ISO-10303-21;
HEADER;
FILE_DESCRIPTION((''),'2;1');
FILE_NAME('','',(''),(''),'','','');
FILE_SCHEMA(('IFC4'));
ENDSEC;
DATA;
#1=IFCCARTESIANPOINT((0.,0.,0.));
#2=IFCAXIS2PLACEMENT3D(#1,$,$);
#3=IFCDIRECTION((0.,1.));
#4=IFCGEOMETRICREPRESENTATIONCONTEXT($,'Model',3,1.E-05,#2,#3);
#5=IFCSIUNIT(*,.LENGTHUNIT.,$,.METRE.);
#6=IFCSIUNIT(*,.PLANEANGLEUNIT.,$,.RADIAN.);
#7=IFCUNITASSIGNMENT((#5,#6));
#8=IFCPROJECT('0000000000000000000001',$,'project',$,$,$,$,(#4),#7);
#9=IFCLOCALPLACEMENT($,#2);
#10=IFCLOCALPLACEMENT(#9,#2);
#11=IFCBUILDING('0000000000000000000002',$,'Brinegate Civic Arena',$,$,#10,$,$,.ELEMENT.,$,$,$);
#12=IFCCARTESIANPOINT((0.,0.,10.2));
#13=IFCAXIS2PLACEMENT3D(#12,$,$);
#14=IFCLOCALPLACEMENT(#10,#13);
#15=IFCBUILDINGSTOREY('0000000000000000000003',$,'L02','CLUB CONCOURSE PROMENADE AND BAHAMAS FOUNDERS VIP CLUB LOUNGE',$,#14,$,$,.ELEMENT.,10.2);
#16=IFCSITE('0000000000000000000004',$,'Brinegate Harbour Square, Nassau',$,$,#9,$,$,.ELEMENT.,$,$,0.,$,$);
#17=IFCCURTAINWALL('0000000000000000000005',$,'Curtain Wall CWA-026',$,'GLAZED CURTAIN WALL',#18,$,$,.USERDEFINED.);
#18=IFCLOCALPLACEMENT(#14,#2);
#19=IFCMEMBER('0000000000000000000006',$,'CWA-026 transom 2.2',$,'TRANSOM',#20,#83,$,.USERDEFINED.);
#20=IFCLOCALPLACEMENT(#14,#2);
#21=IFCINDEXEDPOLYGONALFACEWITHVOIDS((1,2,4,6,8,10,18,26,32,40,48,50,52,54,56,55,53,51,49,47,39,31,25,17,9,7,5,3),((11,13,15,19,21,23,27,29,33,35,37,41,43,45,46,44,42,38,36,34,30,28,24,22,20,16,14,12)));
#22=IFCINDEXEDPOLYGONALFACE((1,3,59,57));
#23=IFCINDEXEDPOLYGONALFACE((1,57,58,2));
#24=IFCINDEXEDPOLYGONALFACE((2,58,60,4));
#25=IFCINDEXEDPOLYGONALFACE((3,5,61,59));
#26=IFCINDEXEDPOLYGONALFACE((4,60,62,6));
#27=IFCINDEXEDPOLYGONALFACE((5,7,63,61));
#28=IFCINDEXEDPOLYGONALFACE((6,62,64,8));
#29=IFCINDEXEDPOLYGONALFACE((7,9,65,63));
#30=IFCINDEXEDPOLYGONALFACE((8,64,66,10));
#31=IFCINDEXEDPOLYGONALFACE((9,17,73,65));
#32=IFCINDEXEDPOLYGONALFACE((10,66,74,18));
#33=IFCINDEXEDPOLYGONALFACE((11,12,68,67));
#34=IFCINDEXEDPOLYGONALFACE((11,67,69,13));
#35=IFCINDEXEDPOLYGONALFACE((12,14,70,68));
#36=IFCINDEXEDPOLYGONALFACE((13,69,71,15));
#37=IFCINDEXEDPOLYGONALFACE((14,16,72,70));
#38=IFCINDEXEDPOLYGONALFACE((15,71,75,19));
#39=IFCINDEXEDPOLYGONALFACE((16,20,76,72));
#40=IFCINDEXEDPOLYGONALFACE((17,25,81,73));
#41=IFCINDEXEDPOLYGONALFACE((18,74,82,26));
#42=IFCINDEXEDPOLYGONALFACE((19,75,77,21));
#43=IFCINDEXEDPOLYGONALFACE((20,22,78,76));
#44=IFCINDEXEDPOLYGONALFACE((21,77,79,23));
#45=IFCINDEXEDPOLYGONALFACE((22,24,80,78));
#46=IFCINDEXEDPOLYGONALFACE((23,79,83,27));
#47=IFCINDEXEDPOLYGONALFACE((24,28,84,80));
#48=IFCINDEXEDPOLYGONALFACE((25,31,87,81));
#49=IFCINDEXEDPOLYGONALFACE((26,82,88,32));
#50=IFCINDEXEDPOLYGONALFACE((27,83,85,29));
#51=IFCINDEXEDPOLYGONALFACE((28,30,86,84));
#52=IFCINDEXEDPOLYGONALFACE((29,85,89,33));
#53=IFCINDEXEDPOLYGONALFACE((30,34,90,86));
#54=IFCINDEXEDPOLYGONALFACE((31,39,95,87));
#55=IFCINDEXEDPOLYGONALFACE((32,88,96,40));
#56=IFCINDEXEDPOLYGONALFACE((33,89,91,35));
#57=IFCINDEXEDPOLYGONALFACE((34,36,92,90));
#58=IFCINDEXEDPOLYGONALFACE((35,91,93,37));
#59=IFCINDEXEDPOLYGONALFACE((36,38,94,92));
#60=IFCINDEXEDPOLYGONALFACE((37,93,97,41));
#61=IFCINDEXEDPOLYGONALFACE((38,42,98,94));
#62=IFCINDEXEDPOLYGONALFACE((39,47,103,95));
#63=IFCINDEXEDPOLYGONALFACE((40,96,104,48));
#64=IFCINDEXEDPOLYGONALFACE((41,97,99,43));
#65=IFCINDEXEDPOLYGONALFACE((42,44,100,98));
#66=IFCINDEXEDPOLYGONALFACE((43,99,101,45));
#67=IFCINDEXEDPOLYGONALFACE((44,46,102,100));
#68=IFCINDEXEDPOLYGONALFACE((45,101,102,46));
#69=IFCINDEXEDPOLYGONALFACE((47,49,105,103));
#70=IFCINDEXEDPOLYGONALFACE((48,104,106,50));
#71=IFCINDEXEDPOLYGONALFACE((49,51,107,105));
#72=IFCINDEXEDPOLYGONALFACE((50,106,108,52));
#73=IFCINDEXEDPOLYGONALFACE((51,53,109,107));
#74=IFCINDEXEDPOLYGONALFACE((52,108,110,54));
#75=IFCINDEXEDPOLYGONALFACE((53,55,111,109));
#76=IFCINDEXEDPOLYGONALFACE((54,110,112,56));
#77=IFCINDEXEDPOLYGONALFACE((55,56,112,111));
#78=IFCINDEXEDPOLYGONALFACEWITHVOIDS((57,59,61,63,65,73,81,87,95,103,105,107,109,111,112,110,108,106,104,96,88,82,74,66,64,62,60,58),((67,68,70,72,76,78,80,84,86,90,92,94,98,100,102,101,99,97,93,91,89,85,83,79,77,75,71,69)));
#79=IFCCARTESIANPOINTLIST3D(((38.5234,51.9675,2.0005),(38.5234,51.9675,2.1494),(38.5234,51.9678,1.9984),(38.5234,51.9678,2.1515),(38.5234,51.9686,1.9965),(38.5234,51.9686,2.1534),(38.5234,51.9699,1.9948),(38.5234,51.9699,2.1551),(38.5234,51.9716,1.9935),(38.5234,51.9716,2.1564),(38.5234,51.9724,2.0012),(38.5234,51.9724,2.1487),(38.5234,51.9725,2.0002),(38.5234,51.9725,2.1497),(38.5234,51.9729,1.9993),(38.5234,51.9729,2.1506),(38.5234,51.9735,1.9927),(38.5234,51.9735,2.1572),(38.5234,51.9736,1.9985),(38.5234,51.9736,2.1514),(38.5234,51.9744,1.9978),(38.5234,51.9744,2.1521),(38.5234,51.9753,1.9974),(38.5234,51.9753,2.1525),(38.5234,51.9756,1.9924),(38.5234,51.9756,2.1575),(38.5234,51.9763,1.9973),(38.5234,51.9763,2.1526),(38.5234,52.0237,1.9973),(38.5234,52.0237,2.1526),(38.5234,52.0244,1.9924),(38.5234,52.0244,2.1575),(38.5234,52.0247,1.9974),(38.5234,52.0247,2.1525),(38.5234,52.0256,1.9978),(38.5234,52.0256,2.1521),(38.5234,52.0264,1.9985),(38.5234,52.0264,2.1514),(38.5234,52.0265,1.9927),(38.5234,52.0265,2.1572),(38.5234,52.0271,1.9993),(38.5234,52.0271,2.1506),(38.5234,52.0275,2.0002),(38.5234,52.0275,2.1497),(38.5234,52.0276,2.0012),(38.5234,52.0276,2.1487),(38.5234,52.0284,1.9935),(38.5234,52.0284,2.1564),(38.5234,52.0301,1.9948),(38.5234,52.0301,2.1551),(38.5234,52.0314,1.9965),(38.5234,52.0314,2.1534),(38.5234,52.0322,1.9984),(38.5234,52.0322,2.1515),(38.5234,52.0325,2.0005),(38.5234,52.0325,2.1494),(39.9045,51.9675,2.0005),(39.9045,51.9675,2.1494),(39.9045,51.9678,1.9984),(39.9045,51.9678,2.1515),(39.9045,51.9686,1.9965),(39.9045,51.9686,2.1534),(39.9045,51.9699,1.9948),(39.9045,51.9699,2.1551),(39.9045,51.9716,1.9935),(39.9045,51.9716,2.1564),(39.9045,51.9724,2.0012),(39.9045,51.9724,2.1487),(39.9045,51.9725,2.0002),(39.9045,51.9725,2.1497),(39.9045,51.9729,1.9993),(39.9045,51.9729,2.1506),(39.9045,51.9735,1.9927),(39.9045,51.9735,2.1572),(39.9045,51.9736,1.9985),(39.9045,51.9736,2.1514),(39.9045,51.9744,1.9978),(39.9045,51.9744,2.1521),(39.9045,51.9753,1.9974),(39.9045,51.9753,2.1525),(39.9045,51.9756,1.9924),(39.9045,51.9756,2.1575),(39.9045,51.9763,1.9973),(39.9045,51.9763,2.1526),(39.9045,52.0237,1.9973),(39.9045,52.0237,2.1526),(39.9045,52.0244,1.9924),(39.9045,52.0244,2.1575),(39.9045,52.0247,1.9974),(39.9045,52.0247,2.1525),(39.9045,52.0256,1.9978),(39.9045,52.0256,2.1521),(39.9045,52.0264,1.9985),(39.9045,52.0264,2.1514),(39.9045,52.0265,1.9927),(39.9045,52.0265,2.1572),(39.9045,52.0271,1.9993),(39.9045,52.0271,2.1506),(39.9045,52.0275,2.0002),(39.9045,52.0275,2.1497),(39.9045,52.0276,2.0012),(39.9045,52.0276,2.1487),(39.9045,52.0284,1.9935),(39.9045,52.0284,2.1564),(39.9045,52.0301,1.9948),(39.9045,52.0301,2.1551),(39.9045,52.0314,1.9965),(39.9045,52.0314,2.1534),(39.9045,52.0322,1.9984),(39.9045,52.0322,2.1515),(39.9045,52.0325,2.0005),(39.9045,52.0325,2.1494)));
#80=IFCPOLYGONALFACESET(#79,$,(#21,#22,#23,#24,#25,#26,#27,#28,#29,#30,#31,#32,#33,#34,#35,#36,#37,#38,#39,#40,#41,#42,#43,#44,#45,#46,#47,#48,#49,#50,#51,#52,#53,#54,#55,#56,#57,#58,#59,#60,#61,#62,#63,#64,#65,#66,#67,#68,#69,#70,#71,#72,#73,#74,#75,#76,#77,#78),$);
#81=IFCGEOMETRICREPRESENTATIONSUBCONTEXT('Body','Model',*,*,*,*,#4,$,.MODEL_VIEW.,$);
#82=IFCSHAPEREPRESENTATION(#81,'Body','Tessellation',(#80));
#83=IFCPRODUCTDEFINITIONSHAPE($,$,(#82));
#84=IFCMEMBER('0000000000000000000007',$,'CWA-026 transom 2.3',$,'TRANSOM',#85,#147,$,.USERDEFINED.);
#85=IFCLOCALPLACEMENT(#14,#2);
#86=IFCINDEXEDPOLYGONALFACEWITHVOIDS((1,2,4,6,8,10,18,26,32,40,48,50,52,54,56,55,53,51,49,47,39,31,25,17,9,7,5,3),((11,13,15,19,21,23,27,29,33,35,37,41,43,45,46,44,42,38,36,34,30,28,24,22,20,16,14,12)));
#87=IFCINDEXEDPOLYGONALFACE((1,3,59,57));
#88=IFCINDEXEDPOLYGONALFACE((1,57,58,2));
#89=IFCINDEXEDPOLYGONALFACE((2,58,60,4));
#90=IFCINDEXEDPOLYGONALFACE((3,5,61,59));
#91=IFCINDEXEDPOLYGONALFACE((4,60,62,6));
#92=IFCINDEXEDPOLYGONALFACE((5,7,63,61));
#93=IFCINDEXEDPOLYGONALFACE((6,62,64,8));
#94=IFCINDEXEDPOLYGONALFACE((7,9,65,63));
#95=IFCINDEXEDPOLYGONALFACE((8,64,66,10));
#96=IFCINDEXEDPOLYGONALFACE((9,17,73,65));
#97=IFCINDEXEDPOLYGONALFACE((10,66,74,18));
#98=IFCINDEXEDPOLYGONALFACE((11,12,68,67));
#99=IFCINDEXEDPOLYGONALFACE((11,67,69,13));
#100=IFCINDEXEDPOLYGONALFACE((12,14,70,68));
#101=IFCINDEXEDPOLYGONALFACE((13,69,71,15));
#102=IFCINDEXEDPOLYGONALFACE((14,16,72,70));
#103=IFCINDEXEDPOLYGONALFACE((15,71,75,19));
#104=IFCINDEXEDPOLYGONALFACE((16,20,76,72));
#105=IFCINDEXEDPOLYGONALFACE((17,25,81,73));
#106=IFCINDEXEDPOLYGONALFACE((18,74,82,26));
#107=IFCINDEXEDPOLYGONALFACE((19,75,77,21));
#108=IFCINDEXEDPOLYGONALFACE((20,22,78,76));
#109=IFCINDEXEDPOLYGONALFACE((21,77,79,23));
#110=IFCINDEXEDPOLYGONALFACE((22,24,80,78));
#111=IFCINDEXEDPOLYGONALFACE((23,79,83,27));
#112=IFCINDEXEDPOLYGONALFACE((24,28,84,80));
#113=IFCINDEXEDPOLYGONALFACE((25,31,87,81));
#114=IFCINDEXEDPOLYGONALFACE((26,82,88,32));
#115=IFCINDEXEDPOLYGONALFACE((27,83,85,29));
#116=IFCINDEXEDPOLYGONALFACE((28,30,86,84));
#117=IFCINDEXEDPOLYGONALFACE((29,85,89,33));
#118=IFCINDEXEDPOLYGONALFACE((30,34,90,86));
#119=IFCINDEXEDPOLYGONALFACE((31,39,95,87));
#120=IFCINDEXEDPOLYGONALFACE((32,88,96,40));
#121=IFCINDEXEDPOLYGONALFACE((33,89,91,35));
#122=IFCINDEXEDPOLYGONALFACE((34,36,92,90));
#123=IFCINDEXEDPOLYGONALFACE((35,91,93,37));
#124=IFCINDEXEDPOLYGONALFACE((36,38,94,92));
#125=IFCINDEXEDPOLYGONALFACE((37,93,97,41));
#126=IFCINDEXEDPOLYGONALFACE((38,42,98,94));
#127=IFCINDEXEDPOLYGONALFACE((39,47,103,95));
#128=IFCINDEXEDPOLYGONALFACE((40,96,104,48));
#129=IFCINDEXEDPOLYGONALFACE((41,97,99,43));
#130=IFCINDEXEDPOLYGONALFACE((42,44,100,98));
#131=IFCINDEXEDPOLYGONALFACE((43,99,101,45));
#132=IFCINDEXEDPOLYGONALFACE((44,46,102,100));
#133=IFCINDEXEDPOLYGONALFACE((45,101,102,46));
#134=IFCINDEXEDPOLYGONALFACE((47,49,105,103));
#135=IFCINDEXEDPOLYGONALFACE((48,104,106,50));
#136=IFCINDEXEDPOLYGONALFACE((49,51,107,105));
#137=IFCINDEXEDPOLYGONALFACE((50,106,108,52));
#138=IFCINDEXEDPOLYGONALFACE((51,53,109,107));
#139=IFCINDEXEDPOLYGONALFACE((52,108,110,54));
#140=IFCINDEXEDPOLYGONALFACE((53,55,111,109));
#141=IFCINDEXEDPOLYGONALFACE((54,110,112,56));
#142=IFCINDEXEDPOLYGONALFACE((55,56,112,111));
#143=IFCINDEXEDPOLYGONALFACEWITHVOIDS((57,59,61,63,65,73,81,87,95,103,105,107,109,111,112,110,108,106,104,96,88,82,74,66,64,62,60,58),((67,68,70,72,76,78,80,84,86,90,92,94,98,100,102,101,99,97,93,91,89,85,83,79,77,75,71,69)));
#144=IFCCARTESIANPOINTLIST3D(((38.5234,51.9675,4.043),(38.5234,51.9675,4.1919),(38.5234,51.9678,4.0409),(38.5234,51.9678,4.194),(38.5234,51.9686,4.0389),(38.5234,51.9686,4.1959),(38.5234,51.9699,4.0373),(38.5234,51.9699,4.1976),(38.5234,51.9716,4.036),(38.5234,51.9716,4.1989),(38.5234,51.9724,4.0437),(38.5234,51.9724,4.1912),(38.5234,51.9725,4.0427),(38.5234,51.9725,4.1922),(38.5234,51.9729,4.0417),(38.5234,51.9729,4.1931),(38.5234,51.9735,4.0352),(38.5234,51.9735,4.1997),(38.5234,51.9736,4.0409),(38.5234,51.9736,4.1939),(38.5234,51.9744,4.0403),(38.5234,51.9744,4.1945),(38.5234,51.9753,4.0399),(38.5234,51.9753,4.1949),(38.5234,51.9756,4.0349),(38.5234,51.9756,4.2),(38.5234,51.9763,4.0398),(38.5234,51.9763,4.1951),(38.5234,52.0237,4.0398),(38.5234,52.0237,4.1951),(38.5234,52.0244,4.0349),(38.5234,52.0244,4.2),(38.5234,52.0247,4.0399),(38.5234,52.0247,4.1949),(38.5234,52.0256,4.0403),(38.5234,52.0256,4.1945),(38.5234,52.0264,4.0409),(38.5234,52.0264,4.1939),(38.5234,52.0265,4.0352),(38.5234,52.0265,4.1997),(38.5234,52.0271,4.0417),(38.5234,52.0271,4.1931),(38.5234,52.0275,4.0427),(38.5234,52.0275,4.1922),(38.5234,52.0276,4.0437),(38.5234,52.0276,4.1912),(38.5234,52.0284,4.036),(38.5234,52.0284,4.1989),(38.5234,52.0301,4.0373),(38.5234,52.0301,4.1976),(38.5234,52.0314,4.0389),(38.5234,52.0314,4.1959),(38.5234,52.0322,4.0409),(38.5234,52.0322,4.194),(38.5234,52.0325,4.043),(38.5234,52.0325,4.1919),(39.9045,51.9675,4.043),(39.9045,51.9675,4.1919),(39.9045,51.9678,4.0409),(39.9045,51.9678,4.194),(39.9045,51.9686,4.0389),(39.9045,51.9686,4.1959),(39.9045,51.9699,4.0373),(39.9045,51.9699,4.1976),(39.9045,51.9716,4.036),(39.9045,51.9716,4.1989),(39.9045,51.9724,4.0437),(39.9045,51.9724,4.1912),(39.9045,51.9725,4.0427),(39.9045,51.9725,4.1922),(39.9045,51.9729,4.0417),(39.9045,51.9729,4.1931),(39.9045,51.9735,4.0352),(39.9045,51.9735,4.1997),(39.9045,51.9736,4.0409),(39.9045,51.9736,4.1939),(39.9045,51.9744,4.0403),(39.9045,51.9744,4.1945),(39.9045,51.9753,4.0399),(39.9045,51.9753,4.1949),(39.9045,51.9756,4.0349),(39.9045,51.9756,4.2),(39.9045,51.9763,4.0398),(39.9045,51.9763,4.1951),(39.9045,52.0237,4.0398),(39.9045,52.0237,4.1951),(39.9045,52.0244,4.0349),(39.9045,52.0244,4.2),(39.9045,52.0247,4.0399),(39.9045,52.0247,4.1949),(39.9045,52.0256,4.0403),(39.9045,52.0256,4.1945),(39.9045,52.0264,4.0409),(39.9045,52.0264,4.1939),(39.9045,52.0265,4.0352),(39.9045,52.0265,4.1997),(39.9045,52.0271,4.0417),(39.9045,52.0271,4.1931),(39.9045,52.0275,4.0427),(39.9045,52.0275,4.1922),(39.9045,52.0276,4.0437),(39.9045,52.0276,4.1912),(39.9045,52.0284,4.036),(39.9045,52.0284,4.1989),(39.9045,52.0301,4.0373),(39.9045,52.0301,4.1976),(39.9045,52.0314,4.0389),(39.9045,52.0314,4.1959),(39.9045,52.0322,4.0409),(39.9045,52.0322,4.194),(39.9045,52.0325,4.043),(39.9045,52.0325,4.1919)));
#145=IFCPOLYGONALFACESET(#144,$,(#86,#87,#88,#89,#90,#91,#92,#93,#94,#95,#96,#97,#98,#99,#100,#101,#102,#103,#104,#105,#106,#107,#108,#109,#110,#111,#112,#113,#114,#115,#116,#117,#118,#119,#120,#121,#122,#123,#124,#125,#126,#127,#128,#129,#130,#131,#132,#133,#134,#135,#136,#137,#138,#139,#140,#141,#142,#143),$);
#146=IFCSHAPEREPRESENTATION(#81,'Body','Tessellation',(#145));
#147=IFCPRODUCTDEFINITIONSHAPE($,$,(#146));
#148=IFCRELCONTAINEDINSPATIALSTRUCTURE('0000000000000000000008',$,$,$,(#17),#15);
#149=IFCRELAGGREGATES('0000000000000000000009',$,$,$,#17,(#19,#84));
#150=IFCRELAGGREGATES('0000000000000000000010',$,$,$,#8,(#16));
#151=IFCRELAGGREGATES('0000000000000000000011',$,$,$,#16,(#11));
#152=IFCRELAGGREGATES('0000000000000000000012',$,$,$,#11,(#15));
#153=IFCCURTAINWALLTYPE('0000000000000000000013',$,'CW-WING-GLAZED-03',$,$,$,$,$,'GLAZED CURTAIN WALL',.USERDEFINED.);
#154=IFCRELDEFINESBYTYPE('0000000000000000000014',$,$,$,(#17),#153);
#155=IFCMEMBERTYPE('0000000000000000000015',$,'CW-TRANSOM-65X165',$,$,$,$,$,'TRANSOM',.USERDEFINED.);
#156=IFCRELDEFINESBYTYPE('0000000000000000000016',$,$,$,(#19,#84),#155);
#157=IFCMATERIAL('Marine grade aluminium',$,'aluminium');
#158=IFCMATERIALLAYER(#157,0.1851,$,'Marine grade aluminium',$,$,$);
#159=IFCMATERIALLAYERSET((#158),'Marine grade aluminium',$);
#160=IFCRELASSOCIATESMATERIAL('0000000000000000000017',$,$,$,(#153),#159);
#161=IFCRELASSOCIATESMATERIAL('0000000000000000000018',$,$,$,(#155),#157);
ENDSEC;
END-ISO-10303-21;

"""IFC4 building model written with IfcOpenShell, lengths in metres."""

from ifc_helpers import new_model, si_unit, direction, frame, origin, origin_2d, place, context, subcontext, project, spatial, hollow_rectangle, extrude, material, layer, layer_set, material_profile, profile_set, type_object, element, aggregate, save


model = new_model("IFC4")

# Units and contexts
model_context = context("Model", 3, precision=1e-05, world=origin(), true_north=direction((0.0, 1.0)))
body_context = subcontext(model_context, "Body", "Model", "MODEL_VIEW")
ifc_project = project(units=[si_unit("LENGTHUNIT", "METRE"), si_unit("PLANEANGLEUNIT", "RADIAN")], contexts=[model_context])

# Site, building, storey
site_placement = place(None, origin())
site = spatial("IfcSite", under=ifc_project, at=site_placement, Name="Brinegate Harbour Square, Nassau", CompositionType="ELEMENT", RefElevation=0.0)
building_placement = place(site_placement, origin())
building = spatial("IfcBuilding", under=site, at=building_placement, Name="Brinegate Civic Arena", CompositionType="ELEMENT")
storey_placement = place(building_placement, frame((0.0, 0.0, 10.2)))
storey = spatial("IfcBuildingStorey", under=building, at=storey_placement, Name="L02", Description="CLUB CONCOURSE PROMENADE AND BAHAMAS FOUNDERS VIP CLUB LOUNGE", CompositionType="ELEMENT", Elevation=10.2)

# Curtain wall
ifc_material_1 = material(Name="Marine grade aluminium", Category="aluminium")
ifc_layer_1 = layer(ifc_material_1, 0.1851, Name="Marine grade aluminium")
ifc_layer_set_1 = layer_set([ifc_layer_1], Name="Marine grade aluminium")
curtain_wall_type = type_object("IfcCurtainWallType", Name="CW-WING-GLAZED-03", ElementType="GLAZED CURTAIN WALL", PredefinedType="USERDEFINED", material=ifc_layer_set_1)
curtain_wall_1_placement = place(storey_placement, origin())
curtain_wall_1 = element("IfcCurtainWall", 1, at=curtain_wall_1_placement, inside=storey, type_object=curtain_wall_type, Name="Curtain Wall CWA-026", ObjectType="GLAZED CURTAIN WALL", PredefinedType="USERDEFINED")

# Members
ifc_material_profile_1 = material_profile(ifc_material_1, hollow_rectangle(XDim=0.0649, YDim=0.165, WallThickness=0.0049, InnerFilletRadius=0.0039, OuterFilletRadius=0.0081, at=origin_2d()), Name="TRN65X165")
ifc_profile_set_1 = profile_set([ifc_material_profile_1], Name="Marine grade aluminium")
member_type_1 = type_object("IfcMemberType", Name="CW-TRANSOM-65X165", ElementType="TRANSOM", PredefinedType="USERDEFINED", material=ifc_profile_set_1)
member_1_placement = place(storey_placement, frame((38.5234, 52.0, 2.075), z_axis=(1.0, 0.0, 0.0), x_axis=(0.0, 1.0, 0.0)))
member_1 = element("IfcMember", 2, at=member_1_placement, type_object=member_type_1, Name="CWA-026 transom 2.2", ObjectType="TRANSOM", PredefinedType="USERDEFINED", context=body_context, shape_type="SweptSolid", body=[
    extrude(hollow_rectangle(XDim=0.0649, YDim=0.165, WallThickness=0.0049, InnerFilletRadius=0.0039, OuterFilletRadius=0.0081, at=origin_2d()), origin(), (0.0, 0.0, 1.0), 1.3811),
])
member_2_placement = place(storey_placement, frame((38.5234, 52.0, 4.1174), z_axis=(1.0, 0.0, 0.0), x_axis=(0.0, 1.0, 0.0)))
member_2 = element("IfcMember", 3, at=member_2_placement, type_object=member_type_1, Name="CWA-026 transom 2.3", ObjectType="TRANSOM", PredefinedType="USERDEFINED", context=body_context, shape_type="SweptSolid", body=[
    extrude(hollow_rectangle(XDim=0.0649, YDim=0.165, WallThickness=0.0049, InnerFilletRadius=0.0039, OuterFilletRadius=0.0081, at=origin_2d()), origin(), (0.0, 0.0, 1.0), 1.3811),
])

aggregate(curtain_wall_1, [member_1, member_2])

save(model, "model.ifc")
